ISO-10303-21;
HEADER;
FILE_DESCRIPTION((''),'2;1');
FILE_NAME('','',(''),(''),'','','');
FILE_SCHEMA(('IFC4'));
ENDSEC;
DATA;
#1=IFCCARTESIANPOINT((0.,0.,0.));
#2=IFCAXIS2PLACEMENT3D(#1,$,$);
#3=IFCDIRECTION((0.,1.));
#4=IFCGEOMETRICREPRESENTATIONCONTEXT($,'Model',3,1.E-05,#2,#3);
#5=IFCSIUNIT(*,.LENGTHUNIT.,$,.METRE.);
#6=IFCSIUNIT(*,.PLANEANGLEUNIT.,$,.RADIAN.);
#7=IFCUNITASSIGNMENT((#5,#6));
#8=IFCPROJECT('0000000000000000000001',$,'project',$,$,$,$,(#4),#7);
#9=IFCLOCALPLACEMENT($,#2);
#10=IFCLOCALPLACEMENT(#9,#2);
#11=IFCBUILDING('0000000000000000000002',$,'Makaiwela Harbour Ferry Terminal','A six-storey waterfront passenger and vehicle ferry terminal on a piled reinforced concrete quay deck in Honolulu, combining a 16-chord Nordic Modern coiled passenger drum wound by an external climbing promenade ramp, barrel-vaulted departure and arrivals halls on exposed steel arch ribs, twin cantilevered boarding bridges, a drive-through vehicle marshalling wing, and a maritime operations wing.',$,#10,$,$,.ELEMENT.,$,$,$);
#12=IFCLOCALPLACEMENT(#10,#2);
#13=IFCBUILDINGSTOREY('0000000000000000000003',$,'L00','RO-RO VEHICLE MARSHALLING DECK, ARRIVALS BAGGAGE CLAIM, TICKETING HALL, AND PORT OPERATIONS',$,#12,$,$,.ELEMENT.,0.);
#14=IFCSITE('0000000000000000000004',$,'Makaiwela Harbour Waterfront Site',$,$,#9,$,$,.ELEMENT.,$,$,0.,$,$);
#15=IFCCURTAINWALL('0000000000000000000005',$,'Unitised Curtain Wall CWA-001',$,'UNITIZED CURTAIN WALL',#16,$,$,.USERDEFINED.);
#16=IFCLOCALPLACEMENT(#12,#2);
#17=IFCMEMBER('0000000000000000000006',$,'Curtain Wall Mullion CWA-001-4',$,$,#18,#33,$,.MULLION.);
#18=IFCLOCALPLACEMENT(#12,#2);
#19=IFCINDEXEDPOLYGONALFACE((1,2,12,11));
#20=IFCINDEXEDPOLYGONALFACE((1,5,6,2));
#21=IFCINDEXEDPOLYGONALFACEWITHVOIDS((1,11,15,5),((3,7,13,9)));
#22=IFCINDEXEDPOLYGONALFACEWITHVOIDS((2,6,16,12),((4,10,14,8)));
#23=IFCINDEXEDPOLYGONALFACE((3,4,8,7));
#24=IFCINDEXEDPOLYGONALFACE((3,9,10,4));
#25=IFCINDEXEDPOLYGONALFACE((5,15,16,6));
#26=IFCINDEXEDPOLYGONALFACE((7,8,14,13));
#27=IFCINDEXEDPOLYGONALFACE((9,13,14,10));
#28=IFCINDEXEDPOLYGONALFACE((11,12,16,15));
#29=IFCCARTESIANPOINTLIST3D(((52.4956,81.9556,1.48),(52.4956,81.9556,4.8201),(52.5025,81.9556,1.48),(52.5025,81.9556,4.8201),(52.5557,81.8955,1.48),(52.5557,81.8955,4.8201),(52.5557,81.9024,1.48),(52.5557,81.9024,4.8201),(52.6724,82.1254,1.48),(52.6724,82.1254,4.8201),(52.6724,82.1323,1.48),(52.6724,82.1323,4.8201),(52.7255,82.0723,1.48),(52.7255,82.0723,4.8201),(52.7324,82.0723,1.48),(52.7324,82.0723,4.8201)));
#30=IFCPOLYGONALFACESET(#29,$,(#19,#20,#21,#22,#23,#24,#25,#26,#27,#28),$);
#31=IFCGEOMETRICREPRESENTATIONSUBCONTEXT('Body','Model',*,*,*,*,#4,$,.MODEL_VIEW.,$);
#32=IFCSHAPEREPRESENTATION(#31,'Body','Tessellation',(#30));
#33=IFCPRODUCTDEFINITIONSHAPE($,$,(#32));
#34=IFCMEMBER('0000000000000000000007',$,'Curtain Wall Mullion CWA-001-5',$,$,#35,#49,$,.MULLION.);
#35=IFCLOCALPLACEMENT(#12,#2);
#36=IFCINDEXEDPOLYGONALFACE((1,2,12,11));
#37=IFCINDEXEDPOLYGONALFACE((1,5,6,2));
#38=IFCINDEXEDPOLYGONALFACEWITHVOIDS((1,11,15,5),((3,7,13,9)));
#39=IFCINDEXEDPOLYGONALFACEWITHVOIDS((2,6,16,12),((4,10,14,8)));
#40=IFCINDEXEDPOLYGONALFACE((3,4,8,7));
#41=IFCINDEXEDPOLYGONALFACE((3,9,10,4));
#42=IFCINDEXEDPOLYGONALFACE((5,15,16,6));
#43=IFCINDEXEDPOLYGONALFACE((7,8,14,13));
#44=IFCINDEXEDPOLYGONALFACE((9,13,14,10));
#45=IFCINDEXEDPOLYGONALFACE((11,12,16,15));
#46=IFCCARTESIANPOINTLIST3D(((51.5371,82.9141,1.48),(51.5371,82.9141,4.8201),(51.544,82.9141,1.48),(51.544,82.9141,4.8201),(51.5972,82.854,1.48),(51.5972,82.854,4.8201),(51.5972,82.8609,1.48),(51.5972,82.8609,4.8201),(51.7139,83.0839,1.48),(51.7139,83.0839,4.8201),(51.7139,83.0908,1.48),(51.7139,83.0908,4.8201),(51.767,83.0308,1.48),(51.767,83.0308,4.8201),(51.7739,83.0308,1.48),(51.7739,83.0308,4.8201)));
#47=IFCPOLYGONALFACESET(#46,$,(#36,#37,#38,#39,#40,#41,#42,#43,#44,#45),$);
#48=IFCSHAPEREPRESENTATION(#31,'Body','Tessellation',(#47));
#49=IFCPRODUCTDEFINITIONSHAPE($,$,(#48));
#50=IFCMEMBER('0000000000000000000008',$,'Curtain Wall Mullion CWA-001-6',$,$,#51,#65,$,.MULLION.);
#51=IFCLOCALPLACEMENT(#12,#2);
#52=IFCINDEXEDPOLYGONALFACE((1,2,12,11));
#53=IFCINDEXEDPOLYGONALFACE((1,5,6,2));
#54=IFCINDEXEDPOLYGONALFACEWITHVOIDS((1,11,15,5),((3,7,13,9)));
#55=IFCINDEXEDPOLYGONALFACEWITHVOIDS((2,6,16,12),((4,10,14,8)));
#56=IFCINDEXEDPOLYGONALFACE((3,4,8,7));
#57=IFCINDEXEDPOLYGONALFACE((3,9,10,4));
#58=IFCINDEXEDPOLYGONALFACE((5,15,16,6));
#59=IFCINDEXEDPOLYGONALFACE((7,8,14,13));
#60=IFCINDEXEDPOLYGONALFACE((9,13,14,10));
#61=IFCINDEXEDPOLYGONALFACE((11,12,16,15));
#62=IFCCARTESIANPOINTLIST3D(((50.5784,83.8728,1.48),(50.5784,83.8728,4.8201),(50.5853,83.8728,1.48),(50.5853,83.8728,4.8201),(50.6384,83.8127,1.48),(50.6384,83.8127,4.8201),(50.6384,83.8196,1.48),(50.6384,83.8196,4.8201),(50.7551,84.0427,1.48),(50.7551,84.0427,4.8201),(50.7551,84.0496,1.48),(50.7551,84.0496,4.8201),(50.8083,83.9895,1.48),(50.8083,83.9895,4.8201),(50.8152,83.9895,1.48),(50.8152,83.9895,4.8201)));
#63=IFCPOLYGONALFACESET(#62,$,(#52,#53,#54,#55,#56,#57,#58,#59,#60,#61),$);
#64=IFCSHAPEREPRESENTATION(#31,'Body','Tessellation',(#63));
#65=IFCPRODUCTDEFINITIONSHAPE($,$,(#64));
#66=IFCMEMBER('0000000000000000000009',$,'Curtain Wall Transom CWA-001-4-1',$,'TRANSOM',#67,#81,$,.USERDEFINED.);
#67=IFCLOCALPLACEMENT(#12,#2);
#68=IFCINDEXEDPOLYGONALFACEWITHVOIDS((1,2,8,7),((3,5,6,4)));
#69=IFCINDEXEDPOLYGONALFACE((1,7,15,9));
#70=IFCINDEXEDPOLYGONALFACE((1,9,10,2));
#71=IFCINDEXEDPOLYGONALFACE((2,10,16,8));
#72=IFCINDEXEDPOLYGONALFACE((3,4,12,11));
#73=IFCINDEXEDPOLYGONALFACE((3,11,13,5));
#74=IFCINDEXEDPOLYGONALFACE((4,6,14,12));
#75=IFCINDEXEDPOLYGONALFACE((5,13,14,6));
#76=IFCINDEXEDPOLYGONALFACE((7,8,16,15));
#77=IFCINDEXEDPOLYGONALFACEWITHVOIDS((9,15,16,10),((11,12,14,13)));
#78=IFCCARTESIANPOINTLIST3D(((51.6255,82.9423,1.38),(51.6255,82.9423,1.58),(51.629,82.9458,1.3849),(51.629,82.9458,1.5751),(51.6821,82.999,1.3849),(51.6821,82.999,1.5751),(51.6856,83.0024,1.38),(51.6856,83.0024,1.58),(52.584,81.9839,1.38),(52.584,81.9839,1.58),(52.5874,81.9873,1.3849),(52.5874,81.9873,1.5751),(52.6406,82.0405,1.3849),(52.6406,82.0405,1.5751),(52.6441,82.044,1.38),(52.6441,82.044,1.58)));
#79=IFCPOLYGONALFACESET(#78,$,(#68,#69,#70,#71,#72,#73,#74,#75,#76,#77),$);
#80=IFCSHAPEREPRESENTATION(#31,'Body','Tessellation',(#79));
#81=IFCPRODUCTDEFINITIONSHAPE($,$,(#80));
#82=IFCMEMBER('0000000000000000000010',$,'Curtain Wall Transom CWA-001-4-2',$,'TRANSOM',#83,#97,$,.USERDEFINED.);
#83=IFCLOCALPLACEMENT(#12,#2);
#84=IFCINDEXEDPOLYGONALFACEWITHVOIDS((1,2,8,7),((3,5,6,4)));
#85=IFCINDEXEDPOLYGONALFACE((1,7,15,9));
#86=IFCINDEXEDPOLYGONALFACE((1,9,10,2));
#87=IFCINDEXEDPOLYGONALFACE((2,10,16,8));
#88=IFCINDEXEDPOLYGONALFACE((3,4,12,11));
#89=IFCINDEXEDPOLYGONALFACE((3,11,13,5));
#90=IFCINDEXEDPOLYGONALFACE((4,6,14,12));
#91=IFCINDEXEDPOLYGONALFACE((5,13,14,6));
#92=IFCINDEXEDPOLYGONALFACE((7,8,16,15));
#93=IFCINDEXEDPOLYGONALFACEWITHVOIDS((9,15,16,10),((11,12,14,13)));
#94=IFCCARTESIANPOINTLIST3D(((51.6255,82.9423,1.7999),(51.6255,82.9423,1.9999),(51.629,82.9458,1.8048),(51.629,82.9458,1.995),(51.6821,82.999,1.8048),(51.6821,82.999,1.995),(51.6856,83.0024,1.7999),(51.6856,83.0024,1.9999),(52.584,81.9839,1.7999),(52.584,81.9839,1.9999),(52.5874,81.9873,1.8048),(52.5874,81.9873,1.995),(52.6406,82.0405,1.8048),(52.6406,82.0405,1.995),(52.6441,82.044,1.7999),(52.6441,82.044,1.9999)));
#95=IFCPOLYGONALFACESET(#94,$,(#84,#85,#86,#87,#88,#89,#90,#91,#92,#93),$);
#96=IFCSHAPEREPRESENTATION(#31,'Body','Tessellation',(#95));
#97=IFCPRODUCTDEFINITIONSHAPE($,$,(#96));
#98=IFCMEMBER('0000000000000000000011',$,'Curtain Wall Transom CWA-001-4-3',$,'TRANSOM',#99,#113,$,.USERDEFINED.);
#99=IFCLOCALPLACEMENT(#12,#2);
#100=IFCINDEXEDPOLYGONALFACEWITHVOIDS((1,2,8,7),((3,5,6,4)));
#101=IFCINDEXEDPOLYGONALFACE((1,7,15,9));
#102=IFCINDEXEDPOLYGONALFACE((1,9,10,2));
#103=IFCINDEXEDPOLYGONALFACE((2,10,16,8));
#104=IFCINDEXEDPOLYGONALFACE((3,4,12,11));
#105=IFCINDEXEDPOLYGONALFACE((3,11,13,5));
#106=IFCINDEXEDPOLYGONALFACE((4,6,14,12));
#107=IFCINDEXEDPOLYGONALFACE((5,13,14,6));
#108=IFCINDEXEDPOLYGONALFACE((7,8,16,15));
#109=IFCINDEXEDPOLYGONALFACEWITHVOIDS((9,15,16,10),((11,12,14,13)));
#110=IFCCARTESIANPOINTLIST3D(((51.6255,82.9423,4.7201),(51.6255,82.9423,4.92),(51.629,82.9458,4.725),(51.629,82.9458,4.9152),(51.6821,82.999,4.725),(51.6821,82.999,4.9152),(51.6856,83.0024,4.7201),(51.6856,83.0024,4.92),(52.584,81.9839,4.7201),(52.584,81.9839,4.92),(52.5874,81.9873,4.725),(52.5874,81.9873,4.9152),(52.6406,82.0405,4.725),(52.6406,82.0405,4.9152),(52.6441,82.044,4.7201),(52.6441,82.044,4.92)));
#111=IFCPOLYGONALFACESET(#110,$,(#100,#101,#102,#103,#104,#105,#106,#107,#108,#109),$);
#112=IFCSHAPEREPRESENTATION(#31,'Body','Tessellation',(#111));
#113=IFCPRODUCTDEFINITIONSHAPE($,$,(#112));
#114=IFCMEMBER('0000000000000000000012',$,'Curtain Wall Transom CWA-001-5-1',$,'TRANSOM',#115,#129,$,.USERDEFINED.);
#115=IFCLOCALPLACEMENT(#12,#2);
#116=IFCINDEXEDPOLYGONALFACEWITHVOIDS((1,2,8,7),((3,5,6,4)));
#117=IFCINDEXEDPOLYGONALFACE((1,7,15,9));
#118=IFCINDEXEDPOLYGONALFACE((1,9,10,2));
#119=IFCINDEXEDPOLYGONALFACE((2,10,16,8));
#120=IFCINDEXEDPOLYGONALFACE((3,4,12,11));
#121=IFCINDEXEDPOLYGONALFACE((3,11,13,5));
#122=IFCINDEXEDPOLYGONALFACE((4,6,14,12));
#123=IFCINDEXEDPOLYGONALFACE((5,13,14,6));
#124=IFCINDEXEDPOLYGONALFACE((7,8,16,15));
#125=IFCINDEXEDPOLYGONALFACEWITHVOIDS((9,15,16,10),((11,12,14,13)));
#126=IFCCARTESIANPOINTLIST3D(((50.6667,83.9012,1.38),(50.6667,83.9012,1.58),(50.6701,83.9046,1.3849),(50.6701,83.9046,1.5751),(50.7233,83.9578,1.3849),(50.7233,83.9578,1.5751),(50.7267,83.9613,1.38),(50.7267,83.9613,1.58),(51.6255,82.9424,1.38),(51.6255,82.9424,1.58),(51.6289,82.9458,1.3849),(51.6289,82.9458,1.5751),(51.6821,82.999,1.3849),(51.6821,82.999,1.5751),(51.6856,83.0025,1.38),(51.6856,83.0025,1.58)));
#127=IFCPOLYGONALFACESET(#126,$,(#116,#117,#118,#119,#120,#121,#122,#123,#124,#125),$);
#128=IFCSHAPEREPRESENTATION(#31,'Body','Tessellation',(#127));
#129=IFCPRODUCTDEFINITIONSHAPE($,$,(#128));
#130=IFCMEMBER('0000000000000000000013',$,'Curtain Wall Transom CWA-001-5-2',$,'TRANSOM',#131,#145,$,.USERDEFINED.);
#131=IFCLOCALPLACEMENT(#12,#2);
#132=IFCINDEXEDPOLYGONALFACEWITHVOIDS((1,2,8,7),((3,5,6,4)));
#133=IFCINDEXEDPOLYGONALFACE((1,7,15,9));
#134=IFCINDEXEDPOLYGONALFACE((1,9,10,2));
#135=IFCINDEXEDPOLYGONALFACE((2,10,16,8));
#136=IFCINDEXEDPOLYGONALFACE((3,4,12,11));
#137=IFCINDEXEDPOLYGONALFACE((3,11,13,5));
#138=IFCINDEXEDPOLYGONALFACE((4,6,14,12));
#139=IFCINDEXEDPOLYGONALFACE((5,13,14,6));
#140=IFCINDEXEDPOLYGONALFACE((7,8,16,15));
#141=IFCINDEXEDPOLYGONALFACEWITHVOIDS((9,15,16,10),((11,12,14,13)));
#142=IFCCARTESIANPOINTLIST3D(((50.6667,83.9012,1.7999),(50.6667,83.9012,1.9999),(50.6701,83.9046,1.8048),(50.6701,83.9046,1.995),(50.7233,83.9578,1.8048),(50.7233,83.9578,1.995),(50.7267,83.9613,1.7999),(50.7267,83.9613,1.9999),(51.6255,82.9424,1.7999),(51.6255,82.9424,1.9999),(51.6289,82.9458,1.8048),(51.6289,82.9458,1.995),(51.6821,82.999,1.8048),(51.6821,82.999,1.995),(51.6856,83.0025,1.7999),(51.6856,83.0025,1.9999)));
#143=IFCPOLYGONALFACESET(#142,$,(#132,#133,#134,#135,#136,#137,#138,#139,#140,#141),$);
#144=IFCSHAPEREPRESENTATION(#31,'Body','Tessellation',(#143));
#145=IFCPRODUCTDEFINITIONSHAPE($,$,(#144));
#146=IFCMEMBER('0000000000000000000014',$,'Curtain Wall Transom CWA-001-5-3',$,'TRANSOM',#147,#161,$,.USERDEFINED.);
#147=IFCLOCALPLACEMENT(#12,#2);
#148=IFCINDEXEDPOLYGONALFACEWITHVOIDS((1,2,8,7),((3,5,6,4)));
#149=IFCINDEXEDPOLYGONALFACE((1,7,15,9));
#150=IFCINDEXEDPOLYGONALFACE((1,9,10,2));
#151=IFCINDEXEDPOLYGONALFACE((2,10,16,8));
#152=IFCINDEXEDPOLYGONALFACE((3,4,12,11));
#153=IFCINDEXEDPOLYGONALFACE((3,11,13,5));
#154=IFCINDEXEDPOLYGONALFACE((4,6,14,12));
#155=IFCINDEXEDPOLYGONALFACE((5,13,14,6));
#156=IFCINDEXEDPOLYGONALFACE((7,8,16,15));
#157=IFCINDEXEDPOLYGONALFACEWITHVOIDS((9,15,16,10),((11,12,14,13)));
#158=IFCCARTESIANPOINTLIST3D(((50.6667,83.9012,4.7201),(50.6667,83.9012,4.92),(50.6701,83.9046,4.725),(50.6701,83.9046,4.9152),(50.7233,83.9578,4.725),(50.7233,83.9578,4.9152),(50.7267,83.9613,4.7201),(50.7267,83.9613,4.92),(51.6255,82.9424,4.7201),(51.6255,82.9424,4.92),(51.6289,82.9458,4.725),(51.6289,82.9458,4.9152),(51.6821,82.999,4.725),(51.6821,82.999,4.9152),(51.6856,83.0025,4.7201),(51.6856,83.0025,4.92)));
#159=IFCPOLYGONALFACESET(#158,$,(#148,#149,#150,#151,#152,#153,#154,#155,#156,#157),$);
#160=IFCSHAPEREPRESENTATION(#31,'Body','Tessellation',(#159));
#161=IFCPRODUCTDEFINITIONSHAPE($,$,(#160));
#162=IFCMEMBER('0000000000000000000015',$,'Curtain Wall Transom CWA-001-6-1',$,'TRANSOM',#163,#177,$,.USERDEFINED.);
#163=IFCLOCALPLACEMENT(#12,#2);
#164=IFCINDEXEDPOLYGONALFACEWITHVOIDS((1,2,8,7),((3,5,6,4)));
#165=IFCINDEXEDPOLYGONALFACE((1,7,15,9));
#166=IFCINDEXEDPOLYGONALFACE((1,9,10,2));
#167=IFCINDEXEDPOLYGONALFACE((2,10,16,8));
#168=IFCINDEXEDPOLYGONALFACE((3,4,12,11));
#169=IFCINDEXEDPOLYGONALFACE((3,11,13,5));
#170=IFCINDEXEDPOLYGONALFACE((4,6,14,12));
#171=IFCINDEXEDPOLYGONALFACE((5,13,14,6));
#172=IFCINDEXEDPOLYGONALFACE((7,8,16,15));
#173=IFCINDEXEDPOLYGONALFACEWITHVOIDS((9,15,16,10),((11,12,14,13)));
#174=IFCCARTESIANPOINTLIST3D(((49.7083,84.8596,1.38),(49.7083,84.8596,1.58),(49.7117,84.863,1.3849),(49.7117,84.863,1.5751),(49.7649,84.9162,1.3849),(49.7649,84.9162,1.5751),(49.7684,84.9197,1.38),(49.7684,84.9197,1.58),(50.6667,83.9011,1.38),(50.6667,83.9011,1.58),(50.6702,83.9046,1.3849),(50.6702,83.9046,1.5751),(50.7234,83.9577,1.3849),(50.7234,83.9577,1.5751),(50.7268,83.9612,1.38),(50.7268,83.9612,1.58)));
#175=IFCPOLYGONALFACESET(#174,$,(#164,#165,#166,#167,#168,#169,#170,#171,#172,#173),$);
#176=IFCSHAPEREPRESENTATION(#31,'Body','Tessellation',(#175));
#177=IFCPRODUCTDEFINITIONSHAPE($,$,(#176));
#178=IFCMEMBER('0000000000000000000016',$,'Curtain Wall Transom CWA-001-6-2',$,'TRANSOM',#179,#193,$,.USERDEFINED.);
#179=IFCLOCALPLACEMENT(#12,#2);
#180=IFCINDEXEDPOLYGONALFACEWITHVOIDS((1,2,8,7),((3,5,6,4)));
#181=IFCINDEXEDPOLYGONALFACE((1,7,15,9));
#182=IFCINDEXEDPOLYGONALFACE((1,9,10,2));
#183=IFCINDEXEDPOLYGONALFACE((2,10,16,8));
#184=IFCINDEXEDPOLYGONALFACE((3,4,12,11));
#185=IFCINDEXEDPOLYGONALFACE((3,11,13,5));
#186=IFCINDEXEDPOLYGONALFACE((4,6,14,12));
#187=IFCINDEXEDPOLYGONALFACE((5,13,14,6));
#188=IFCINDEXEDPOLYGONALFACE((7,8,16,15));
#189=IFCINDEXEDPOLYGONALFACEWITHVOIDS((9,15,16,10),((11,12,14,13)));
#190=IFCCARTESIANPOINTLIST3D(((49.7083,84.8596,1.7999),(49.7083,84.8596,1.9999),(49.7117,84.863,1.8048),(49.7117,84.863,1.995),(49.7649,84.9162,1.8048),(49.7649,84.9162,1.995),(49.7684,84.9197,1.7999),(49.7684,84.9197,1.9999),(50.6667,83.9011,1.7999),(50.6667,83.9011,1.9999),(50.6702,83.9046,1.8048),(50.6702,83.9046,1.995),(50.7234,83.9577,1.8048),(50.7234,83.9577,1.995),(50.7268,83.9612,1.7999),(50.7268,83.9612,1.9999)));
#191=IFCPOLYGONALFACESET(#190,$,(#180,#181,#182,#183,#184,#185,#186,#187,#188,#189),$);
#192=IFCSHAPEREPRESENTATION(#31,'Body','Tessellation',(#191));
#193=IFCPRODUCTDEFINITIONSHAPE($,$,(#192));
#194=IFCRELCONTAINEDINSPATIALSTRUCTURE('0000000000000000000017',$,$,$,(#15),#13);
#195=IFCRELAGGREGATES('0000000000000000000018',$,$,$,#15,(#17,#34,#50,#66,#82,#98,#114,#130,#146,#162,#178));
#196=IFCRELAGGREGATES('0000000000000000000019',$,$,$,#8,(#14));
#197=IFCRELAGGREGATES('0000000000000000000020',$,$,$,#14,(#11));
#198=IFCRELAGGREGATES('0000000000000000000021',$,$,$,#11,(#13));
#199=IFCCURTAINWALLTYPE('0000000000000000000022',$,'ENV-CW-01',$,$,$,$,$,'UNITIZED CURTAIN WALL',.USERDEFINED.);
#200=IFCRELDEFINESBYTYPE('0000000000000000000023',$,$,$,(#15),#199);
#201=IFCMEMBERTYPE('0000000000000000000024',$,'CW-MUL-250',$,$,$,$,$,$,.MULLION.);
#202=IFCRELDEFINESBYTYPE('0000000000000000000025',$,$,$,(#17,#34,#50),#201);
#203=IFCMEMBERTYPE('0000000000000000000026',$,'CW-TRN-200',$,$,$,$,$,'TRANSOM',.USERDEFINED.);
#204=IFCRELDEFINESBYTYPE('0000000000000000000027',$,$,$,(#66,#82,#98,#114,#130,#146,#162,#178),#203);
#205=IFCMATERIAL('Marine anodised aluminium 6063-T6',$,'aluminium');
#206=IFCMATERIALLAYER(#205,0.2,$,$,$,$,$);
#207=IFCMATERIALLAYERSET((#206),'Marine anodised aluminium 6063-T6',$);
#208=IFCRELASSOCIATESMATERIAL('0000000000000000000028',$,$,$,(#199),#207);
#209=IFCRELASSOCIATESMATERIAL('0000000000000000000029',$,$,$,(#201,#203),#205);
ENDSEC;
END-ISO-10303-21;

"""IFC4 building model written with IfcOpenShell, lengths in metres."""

from ifc_helpers import new_model, si_unit, direction, frame, origin, origin_2d, place, context, subcontext, project, spatial, hollow_rectangle, extrude, material, layer, layer_set, material_profile, profile_set, type_object, element, aggregate, save


model = new_model("IFC4")

# Units and contexts
model_context = context("Model", 3, precision=1e-05, world=origin(), true_north=direction((0.0, 1.0)))
body_context = subcontext(model_context, "Body", "Model", "MODEL_VIEW")
ifc_project = project(units=[si_unit("LENGTHUNIT", "METRE"), si_unit("PLANEANGLEUNIT", "RADIAN")], contexts=[model_context])

# Site, building, storey
site_placement = place(None, origin())
site = spatial("IfcSite", under=ifc_project, at=site_placement, Name="Makaiwela Harbour Waterfront Site", CompositionType="ELEMENT", RefElevation=0.0)
building_placement = place(site_placement, origin())
building = spatial("IfcBuilding", under=site, at=building_placement, Name="Makaiwela Harbour Ferry Terminal", Description="A six-storey waterfront passenger and vehicle ferry terminal on a piled reinforced concrete quay deck in Honolulu, combining a 16-chord Nordic Modern coiled passenger drum wound by an external climbing promenade ramp, barrel-vaulted departure and arrivals halls on exposed steel arch ribs, twin cantilevered boarding bridges, a drive-through vehicle marshalling wing, and a maritime operations wing.", CompositionType="ELEMENT")
storey_placement = place(building_placement, origin())
storey = spatial("IfcBuildingStorey", under=building, at=storey_placement, Name="L00", Description="RO-RO VEHICLE MARSHALLING DECK, ARRIVALS BAGGAGE CLAIM, TICKETING HALL, AND PORT OPERATIONS", CompositionType="ELEMENT", Elevation=0.0)

# Curtain wall, members
ifc_material_1 = material(Name="Marine anodised aluminium 6063-T6", Category="aluminium")
ifc_layer_1 = layer(ifc_material_1, 0.2)
ifc_layer_set_1 = layer_set([ifc_layer_1], Name="Marine anodised aluminium 6063-T6")
curtain_wall_type = type_object("IfcCurtainWallType", Name="ENV-CW-01", ElementType="UNITIZED CURTAIN WALL", PredefinedType="USERDEFINED", material=ifc_layer_set_1)
curtain_wall_placement = place(storey_placement, origin())
curtain_wall = element("IfcCurtainWall", 1, at=curtain_wall_placement, inside=storey, type_object=curtain_wall_type, Name="Unitised Curtain Wall CWA-001", ObjectType="UNITIZED CURTAIN WALL", PredefinedType="USERDEFINED")
ifc_material_profile_1 = material_profile(ifc_material_1, hollow_rectangle(XDim=0.085, YDim=0.25, WallThickness=0.0049, at=origin_2d()), Name="CWM-250X85")
ifc_profile_set_1 = profile_set([ifc_material_profile_1], Name="Marine anodised aluminium 6063-T6")
member_type_1 = type_object("IfcMemberType", Name="CW-MUL-250", PredefinedType="MULLION", material=ifc_profile_set_1)
member_1_placement = place(storey_placement, frame((52.614, 82.0139, 1.48), z_axis=(0.0, 0.0, 1.0), x_axis=(-0.707107, 0.707107, 0.0)))
member_1 = element("IfcMember", 2, at=member_1_placement, type_object=member_type_1, Name="Curtain Wall Mullion CWA-001-4", PredefinedType="MULLION", context=body_context, shape_type="SweptSolid", body=[
    extrude(hollow_rectangle(XDim=0.085, YDim=0.25, WallThickness=0.0049, at=origin_2d()), origin(), (0.0, 0.0, 1.0), 3.3401),
])
member_2_placement = place(storey_placement, frame((51.6555, 82.9724, 1.48), z_axis=(0.0, 0.0, 1.0), x_axis=(-0.707107, 0.707107, 0.0)))
member_2 = element("IfcMember", 3, at=member_2_placement, type_object=member_type_1, Name="Curtain Wall Mullion CWA-001-5", PredefinedType="MULLION", context=body_context, shape_type="SweptSolid", body=[
    extrude(hollow_rectangle(XDim=0.085, YDim=0.25, WallThickness=0.0049, at=origin_2d()), origin(), (0.0, 0.0, 1.0), 3.3401),
])
member_3_placement = place(storey_placement, frame((50.6968, 83.9312, 1.48), z_axis=(0.0, 0.0, 1.0), x_axis=(-0.707107, 0.707107, 0.0)))
member_3 = element("IfcMember", 4, at=member_3_placement, type_object=member_type_1, Name="Curtain Wall Mullion CWA-001-6", PredefinedType="MULLION", context=body_context, shape_type="SweptSolid", body=[
    extrude(hollow_rectangle(XDim=0.085, YDim=0.25, WallThickness=0.0049, at=origin_2d()), origin(), (0.0, 0.0, 1.0), 3.3401),
])
ifc_material_profile_2 = material_profile(ifc_material_1, hollow_rectangle(XDim=0.085, YDim=0.2, WallThickness=0.0049, at=origin_2d()), Name="CWT-200X85")
ifc_profile_set_2 = profile_set([ifc_material_profile_2], Name="Marine anodised aluminium 6063-T6")
member_type_2 = type_object("IfcMemberType", Name="CW-TRN-200", ElementType="TRANSOM", PredefinedType="USERDEFINED", material=ifc_profile_set_2)
member_4_placement = place(storey_placement, frame((52.614, 82.0139, 1.48), z_axis=(-0.707107, 0.707107, 0.0), x_axis=(-0.707107, -0.707107, 0.0)))
member_4 = element("IfcMember", 5, at=member_4_placement, type_object=member_type_2, Name="Curtain Wall Transom CWA-001-4-1", ObjectType="TRANSOM", PredefinedType="USERDEFINED", context=body_context, shape_type="SweptSolid", body=[
    extrude(hollow_rectangle(XDim=0.085, YDim=0.2, WallThickness=0.0049, at=origin_2d()), origin(), (0.0, 0.0, 1.0), 1.3555),
])
member_5_placement = place(storey_placement, frame((52.614, 82.0139, 1.8999), z_axis=(-0.707107, 0.707107, 0.0), x_axis=(-0.707107, -0.707107, 0.0)))
member_5 = element("IfcMember", 6, at=member_5_placement, type_object=member_type_2, Name="Curtain Wall Transom CWA-001-4-2", ObjectType="TRANSOM", PredefinedType="USERDEFINED", context=body_context, shape_type="SweptSolid", body=[
    extrude(hollow_rectangle(XDim=0.085, YDim=0.2, WallThickness=0.0049, at=origin_2d()), origin(), (0.0, 0.0, 1.0), 1.3555),
])
member_6_placement = place(storey_placement, frame((52.614, 82.0139, 4.8201), z_axis=(-0.707107, 0.707107, 0.0), x_axis=(-0.707107, -0.707107, 0.0)))
member_6 = element("IfcMember", 7, at=member_6_placement, type_object=member_type_2, Name="Curtain Wall Transom CWA-001-4-3", ObjectType="TRANSOM", PredefinedType="USERDEFINED", context=body_context, shape_type="SweptSolid", body=[
    extrude(hollow_rectangle(XDim=0.085, YDim=0.2, WallThickness=0.0049, at=origin_2d()), origin(), (0.0, 0.0, 1.0), 1.3555),
])
member_7_placement = place(storey_placement, frame((51.6555, 82.9724, 1.48), z_axis=(-0.707107, 0.707107, 0.0), x_axis=(-0.707107, -0.707107, 0.0)))
member_7 = element("IfcMember", 8, at=member_7_placement, type_object=member_type_2, Name="Curtain Wall Transom CWA-001-5-1", ObjectType="TRANSOM", PredefinedType="USERDEFINED", context=body_context, shape_type="SweptSolid", body=[
    extrude(hollow_rectangle(XDim=0.085, YDim=0.2, WallThickness=0.0049, at=origin_2d()), origin(), (0.0, 0.0, 1.0), 1.356),
])
member_8_placement = place(storey_placement, frame((51.6555, 82.9724, 1.8999), z_axis=(-0.707107, 0.707107, 0.0), x_axis=(-0.707107, -0.707107, 0.0)))
member_8 = element("IfcMember", 9, at=member_8_placement, type_object=member_type_2, Name="Curtain Wall Transom CWA-001-5-2", ObjectType="TRANSOM", PredefinedType="USERDEFINED", context=body_context, shape_type="SweptSolid", body=[
    extrude(hollow_rectangle(XDim=0.085, YDim=0.2, WallThickness=0.0049, at=origin_2d()), origin(), (0.0, 0.0, 1.0), 1.356),
])
member_9_placement = place(storey_placement, frame((51.6555, 82.9724, 4.8201), z_axis=(-0.707107, 0.707107, 0.0), x_axis=(-0.707107, -0.707107, 0.0)))
member_9 = element("IfcMember", 10, at=member_9_placement, type_object=member_type_2, Name="Curtain Wall Transom CWA-001-5-3", ObjectType="TRANSOM", PredefinedType="USERDEFINED", context=body_context, shape_type="SweptSolid", body=[
    extrude(hollow_rectangle(XDim=0.085, YDim=0.2, WallThickness=0.0049, at=origin_2d()), origin(), (0.0, 0.0, 1.0), 1.356),
])
member_10_placement = place(storey_placement, frame((50.6968, 83.9312, 1.48), z_axis=(-0.707107, 0.707107, 0.0), x_axis=(-0.707107, -0.707107, 0.0)))
member_10 = element("IfcMember", 11, at=member_10_placement, type_object=member_type_2, Name="Curtain Wall Transom CWA-001-6-1", ObjectType="TRANSOM", PredefinedType="USERDEFINED", context=body_context, shape_type="SweptSolid", body=[
    extrude(hollow_rectangle(XDim=0.085, YDim=0.2, WallThickness=0.0049, at=origin_2d()), origin(), (0.0, 0.0, 1.0), 1.3555),
])
member_11_placement = place(storey_placement, frame((50.6968, 83.9312, 1.8999), z_axis=(-0.707107, 0.707107, 0.0), x_axis=(-0.707107, -0.707107, 0.0)))
member_11 = element("IfcMember", 12, at=member_11_placement, type_object=member_type_2, Name="Curtain Wall Transom CWA-001-6-2", ObjectType="TRANSOM", PredefinedType="USERDEFINED", context=body_context, shape_type="SweptSolid", body=[
    extrude(hollow_rectangle(XDim=0.085, YDim=0.2, WallThickness=0.0049, at=origin_2d()), origin(), (0.0, 0.0, 1.0), 1.3555),
])
aggregate(curtain_wall, [member_1, member_2, member_3, member_4, member_5, member_6, member_7, member_8, member_9, member_10, member_11])

save(model, "model.ifc")
